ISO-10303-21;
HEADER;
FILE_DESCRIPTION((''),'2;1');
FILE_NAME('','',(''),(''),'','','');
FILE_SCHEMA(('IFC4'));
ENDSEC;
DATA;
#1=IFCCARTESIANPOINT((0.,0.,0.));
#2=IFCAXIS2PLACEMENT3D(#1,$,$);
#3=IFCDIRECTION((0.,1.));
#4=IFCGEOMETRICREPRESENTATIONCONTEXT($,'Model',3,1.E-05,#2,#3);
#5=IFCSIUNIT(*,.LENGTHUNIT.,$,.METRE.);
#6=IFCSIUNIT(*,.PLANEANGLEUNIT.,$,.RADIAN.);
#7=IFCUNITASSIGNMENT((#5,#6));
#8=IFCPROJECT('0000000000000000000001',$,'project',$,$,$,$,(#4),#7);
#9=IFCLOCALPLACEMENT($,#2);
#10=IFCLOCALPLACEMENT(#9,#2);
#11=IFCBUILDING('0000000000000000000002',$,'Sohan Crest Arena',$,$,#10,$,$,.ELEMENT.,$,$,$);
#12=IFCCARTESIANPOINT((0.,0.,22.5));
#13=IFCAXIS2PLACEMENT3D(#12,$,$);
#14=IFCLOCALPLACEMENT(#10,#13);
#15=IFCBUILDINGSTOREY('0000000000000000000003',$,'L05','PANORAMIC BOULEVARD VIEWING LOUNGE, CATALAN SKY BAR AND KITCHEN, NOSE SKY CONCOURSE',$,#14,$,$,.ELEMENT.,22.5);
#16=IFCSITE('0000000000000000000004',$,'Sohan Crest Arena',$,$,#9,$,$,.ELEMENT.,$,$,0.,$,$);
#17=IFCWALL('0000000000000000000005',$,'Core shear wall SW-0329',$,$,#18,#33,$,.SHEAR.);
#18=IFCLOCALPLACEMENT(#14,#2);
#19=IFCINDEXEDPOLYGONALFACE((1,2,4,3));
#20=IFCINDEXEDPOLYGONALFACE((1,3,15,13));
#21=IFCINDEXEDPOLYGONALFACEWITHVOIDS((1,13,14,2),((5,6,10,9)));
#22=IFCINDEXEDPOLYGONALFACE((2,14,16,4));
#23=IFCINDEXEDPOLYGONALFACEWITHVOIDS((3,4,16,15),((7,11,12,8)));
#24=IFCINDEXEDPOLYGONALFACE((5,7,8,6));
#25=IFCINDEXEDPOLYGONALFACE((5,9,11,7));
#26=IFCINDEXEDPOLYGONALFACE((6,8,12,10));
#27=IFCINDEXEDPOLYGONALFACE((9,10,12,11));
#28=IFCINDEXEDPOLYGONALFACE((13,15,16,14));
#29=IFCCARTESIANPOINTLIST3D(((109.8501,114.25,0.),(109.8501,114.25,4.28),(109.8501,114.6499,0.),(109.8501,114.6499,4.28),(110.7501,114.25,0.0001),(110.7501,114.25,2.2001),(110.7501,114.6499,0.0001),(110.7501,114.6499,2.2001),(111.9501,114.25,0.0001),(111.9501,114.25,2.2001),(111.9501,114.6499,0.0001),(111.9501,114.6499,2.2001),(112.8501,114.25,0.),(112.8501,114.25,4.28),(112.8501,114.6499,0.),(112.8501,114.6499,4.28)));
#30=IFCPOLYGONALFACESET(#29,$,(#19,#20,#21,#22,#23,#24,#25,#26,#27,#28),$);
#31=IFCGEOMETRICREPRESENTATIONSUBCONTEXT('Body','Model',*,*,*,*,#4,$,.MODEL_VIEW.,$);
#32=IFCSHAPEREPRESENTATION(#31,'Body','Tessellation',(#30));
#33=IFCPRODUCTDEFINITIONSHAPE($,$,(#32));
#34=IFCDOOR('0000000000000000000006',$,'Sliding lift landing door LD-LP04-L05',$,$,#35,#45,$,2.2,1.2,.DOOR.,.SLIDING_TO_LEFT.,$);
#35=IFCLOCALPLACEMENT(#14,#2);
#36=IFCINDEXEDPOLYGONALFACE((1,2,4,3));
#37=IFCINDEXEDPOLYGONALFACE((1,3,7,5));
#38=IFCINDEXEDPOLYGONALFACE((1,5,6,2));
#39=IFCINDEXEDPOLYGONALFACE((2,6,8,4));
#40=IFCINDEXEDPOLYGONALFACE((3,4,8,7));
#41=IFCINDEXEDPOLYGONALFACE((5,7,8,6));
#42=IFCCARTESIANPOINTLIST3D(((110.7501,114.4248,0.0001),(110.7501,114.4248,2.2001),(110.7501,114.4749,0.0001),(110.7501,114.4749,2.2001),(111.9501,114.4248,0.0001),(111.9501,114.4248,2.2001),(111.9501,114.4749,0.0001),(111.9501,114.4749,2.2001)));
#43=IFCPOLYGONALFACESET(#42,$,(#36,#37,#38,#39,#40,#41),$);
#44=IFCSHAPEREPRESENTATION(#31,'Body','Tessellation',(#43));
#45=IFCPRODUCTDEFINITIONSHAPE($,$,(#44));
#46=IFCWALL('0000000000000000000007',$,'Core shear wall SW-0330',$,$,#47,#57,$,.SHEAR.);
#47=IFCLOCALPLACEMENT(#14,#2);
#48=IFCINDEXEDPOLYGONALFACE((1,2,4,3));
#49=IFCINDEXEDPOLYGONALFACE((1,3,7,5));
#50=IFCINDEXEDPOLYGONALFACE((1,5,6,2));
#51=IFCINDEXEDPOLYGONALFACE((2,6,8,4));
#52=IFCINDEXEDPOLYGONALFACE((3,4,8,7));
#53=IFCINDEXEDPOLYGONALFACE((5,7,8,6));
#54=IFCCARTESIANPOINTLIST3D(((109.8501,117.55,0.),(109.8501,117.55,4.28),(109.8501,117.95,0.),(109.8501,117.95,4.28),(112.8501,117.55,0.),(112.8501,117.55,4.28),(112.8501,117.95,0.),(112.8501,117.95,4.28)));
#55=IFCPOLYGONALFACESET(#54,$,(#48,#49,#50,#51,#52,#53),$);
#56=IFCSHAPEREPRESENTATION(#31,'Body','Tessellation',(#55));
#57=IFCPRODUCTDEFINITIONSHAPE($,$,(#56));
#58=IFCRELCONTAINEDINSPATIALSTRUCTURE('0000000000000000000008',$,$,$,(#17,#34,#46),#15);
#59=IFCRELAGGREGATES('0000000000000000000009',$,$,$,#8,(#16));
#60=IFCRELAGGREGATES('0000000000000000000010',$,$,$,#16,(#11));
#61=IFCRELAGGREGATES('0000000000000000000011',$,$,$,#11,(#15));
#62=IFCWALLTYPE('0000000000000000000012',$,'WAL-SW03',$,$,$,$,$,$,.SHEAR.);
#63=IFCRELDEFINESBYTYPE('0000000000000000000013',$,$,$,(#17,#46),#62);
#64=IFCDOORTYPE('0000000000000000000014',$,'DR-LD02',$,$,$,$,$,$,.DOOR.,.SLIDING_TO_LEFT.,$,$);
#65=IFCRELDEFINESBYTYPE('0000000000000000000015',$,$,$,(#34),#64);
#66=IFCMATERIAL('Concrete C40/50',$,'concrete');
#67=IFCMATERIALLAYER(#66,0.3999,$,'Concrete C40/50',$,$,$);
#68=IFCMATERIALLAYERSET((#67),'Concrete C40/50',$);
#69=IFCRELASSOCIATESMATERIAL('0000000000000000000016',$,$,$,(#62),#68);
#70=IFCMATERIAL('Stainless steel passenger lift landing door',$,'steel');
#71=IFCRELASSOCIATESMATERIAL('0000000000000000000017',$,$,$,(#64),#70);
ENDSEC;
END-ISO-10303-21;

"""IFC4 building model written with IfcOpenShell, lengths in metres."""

from ifc_helpers import new_model, si_unit, direction, frame, frame_2d, origin, place, context, subcontext, project, spatial, rectangle, extrude, material, layer, layer_set, type_object, element, fill, save


model = new_model("IFC4")

# Units and contexts
model_context = context("Model", 3, precision=1e-05, world=origin(), true_north=direction((0.0, 1.0)))
body_context = subcontext(model_context, "Body", "Model", "MODEL_VIEW")
ifc_project = project(units=[si_unit("LENGTHUNIT", "METRE"), si_unit("PLANEANGLEUNIT", "RADIAN")], contexts=[model_context])

# Site, building, storey
site_placement = place(None, origin())
site = spatial("IfcSite", under=ifc_project, at=site_placement, Name="Sohan Crest Arena", CompositionType="ELEMENT", RefElevation=0.0)
building_placement = place(site_placement, origin())
building = spatial("IfcBuilding", under=site, at=building_placement, Name="Sohan Crest Arena", CompositionType="ELEMENT")
storey_placement = place(building_placement, frame((0.0, 0.0, 22.5)))
storey = spatial("IfcBuildingStorey", under=building, at=storey_placement, Name="L05", Description="PANORAMIC BOULEVARD VIEWING LOUNGE, CATALAN SKY BAR AND KITCHEN, NOSE SKY CONCOURSE", CompositionType="ELEMENT", Elevation=22.5)

# Shared definitions
ifc_material_1 = material(Name="Concrete C40/50", Category="concrete")

# Shared definitions
ifc_layer_1 = layer(ifc_material_1, 0.3999, Name="Concrete C40/50")
ifc_layer_set_1 = layer_set([ifc_layer_1], Name="Concrete C40/50")
wall_type = type_object("IfcWallType", Name="WAL-SW03", PredefinedType="SHEAR", material=ifc_layer_set_1)

# Wall, opening, door
wall_1_placement = place(storey_placement, frame((109.8501, 114.45, 0.0), z_axis=(0.0, 0.0, 1.0), x_axis=(1.0, 0.0, 0.0)))
wall_1 = element("IfcWall", 1, at=wall_1_placement, inside=storey, type_object=wall_type, Name="Core shear wall SW-0329", PredefinedType="SHEAR", context=body_context, shape_type="SweptSolid", body=[
    extrude(rectangle(XDim=3.0, YDim=0.3999, at=frame_2d((1.5, 0.0))), origin(), (0.0, 0.0, 1.0), 4.28),
])
opening_placement = place(wall_1_placement, frame((0.8999, 0.0, 0.0)))
opening = element("IfcOpeningElement", 2, at=opening_placement, cuts=wall_1, PredefinedType="OPENING", context=body_context, shape_type="SweptSolid", body=[
    extrude(rectangle(XDim=1.2, YDim=2.2, at=frame_2d((0.6001, 1.1001))), frame((0.0, 0.21, 0.0), z_axis=(0.0, -1.0, 0.0), x_axis=(1.0, 0.0, 0.0)), (0.0, 0.0, 1.0), 0.4199),
])
ifc_material_2 = material(Name="Stainless steel passenger lift landing door", Category="steel")
door_type = type_object("IfcDoorType", Name="DR-LD02", OperationType="SLIDING_TO_LEFT", PredefinedType="DOOR", material=ifc_material_2)
door_placement = place(opening_placement, origin())
door = element("IfcDoor", 3, at=door_placement, inside=storey, type_object=door_type, Name="Sliding lift landing door LD-LP04-L05", OperationType="SLIDING_TO_LEFT", OverallHeight=2.2, OverallWidth=1.2, PredefinedType="DOOR", context=body_context, shape_type="SweptSolid", body=[
    extrude(rectangle(XDim=1.2, YDim=2.2, at=frame_2d((0.6001, 1.1001))), frame((0.0, 0.0249, 0.0), z_axis=(0.0, -1.0, 0.0), x_axis=(1.0, 0.0, 0.0)), (0.0, 0.0, 1.0), 0.05),
])
fill(opening, door)

# Wall
wall_2_placement = place(storey_placement, frame((109.8501, 117.75, 0.0), z_axis=(0.0, 0.0, 1.0), x_axis=(1.0, 0.0, 0.0)))
element("IfcWall", 4, at=wall_2_placement, inside=storey, type_object=wall_type, Name="Core shear wall SW-0330", PredefinedType="SHEAR", context=body_context, shape_type="SweptSolid", body=[
    extrude(rectangle(XDim=3.0, YDim=0.3999, at=frame_2d((1.5, 0.0))), origin(), (0.0, 0.0, 1.0), 4.28),
])

save(model, "model.ifc")
